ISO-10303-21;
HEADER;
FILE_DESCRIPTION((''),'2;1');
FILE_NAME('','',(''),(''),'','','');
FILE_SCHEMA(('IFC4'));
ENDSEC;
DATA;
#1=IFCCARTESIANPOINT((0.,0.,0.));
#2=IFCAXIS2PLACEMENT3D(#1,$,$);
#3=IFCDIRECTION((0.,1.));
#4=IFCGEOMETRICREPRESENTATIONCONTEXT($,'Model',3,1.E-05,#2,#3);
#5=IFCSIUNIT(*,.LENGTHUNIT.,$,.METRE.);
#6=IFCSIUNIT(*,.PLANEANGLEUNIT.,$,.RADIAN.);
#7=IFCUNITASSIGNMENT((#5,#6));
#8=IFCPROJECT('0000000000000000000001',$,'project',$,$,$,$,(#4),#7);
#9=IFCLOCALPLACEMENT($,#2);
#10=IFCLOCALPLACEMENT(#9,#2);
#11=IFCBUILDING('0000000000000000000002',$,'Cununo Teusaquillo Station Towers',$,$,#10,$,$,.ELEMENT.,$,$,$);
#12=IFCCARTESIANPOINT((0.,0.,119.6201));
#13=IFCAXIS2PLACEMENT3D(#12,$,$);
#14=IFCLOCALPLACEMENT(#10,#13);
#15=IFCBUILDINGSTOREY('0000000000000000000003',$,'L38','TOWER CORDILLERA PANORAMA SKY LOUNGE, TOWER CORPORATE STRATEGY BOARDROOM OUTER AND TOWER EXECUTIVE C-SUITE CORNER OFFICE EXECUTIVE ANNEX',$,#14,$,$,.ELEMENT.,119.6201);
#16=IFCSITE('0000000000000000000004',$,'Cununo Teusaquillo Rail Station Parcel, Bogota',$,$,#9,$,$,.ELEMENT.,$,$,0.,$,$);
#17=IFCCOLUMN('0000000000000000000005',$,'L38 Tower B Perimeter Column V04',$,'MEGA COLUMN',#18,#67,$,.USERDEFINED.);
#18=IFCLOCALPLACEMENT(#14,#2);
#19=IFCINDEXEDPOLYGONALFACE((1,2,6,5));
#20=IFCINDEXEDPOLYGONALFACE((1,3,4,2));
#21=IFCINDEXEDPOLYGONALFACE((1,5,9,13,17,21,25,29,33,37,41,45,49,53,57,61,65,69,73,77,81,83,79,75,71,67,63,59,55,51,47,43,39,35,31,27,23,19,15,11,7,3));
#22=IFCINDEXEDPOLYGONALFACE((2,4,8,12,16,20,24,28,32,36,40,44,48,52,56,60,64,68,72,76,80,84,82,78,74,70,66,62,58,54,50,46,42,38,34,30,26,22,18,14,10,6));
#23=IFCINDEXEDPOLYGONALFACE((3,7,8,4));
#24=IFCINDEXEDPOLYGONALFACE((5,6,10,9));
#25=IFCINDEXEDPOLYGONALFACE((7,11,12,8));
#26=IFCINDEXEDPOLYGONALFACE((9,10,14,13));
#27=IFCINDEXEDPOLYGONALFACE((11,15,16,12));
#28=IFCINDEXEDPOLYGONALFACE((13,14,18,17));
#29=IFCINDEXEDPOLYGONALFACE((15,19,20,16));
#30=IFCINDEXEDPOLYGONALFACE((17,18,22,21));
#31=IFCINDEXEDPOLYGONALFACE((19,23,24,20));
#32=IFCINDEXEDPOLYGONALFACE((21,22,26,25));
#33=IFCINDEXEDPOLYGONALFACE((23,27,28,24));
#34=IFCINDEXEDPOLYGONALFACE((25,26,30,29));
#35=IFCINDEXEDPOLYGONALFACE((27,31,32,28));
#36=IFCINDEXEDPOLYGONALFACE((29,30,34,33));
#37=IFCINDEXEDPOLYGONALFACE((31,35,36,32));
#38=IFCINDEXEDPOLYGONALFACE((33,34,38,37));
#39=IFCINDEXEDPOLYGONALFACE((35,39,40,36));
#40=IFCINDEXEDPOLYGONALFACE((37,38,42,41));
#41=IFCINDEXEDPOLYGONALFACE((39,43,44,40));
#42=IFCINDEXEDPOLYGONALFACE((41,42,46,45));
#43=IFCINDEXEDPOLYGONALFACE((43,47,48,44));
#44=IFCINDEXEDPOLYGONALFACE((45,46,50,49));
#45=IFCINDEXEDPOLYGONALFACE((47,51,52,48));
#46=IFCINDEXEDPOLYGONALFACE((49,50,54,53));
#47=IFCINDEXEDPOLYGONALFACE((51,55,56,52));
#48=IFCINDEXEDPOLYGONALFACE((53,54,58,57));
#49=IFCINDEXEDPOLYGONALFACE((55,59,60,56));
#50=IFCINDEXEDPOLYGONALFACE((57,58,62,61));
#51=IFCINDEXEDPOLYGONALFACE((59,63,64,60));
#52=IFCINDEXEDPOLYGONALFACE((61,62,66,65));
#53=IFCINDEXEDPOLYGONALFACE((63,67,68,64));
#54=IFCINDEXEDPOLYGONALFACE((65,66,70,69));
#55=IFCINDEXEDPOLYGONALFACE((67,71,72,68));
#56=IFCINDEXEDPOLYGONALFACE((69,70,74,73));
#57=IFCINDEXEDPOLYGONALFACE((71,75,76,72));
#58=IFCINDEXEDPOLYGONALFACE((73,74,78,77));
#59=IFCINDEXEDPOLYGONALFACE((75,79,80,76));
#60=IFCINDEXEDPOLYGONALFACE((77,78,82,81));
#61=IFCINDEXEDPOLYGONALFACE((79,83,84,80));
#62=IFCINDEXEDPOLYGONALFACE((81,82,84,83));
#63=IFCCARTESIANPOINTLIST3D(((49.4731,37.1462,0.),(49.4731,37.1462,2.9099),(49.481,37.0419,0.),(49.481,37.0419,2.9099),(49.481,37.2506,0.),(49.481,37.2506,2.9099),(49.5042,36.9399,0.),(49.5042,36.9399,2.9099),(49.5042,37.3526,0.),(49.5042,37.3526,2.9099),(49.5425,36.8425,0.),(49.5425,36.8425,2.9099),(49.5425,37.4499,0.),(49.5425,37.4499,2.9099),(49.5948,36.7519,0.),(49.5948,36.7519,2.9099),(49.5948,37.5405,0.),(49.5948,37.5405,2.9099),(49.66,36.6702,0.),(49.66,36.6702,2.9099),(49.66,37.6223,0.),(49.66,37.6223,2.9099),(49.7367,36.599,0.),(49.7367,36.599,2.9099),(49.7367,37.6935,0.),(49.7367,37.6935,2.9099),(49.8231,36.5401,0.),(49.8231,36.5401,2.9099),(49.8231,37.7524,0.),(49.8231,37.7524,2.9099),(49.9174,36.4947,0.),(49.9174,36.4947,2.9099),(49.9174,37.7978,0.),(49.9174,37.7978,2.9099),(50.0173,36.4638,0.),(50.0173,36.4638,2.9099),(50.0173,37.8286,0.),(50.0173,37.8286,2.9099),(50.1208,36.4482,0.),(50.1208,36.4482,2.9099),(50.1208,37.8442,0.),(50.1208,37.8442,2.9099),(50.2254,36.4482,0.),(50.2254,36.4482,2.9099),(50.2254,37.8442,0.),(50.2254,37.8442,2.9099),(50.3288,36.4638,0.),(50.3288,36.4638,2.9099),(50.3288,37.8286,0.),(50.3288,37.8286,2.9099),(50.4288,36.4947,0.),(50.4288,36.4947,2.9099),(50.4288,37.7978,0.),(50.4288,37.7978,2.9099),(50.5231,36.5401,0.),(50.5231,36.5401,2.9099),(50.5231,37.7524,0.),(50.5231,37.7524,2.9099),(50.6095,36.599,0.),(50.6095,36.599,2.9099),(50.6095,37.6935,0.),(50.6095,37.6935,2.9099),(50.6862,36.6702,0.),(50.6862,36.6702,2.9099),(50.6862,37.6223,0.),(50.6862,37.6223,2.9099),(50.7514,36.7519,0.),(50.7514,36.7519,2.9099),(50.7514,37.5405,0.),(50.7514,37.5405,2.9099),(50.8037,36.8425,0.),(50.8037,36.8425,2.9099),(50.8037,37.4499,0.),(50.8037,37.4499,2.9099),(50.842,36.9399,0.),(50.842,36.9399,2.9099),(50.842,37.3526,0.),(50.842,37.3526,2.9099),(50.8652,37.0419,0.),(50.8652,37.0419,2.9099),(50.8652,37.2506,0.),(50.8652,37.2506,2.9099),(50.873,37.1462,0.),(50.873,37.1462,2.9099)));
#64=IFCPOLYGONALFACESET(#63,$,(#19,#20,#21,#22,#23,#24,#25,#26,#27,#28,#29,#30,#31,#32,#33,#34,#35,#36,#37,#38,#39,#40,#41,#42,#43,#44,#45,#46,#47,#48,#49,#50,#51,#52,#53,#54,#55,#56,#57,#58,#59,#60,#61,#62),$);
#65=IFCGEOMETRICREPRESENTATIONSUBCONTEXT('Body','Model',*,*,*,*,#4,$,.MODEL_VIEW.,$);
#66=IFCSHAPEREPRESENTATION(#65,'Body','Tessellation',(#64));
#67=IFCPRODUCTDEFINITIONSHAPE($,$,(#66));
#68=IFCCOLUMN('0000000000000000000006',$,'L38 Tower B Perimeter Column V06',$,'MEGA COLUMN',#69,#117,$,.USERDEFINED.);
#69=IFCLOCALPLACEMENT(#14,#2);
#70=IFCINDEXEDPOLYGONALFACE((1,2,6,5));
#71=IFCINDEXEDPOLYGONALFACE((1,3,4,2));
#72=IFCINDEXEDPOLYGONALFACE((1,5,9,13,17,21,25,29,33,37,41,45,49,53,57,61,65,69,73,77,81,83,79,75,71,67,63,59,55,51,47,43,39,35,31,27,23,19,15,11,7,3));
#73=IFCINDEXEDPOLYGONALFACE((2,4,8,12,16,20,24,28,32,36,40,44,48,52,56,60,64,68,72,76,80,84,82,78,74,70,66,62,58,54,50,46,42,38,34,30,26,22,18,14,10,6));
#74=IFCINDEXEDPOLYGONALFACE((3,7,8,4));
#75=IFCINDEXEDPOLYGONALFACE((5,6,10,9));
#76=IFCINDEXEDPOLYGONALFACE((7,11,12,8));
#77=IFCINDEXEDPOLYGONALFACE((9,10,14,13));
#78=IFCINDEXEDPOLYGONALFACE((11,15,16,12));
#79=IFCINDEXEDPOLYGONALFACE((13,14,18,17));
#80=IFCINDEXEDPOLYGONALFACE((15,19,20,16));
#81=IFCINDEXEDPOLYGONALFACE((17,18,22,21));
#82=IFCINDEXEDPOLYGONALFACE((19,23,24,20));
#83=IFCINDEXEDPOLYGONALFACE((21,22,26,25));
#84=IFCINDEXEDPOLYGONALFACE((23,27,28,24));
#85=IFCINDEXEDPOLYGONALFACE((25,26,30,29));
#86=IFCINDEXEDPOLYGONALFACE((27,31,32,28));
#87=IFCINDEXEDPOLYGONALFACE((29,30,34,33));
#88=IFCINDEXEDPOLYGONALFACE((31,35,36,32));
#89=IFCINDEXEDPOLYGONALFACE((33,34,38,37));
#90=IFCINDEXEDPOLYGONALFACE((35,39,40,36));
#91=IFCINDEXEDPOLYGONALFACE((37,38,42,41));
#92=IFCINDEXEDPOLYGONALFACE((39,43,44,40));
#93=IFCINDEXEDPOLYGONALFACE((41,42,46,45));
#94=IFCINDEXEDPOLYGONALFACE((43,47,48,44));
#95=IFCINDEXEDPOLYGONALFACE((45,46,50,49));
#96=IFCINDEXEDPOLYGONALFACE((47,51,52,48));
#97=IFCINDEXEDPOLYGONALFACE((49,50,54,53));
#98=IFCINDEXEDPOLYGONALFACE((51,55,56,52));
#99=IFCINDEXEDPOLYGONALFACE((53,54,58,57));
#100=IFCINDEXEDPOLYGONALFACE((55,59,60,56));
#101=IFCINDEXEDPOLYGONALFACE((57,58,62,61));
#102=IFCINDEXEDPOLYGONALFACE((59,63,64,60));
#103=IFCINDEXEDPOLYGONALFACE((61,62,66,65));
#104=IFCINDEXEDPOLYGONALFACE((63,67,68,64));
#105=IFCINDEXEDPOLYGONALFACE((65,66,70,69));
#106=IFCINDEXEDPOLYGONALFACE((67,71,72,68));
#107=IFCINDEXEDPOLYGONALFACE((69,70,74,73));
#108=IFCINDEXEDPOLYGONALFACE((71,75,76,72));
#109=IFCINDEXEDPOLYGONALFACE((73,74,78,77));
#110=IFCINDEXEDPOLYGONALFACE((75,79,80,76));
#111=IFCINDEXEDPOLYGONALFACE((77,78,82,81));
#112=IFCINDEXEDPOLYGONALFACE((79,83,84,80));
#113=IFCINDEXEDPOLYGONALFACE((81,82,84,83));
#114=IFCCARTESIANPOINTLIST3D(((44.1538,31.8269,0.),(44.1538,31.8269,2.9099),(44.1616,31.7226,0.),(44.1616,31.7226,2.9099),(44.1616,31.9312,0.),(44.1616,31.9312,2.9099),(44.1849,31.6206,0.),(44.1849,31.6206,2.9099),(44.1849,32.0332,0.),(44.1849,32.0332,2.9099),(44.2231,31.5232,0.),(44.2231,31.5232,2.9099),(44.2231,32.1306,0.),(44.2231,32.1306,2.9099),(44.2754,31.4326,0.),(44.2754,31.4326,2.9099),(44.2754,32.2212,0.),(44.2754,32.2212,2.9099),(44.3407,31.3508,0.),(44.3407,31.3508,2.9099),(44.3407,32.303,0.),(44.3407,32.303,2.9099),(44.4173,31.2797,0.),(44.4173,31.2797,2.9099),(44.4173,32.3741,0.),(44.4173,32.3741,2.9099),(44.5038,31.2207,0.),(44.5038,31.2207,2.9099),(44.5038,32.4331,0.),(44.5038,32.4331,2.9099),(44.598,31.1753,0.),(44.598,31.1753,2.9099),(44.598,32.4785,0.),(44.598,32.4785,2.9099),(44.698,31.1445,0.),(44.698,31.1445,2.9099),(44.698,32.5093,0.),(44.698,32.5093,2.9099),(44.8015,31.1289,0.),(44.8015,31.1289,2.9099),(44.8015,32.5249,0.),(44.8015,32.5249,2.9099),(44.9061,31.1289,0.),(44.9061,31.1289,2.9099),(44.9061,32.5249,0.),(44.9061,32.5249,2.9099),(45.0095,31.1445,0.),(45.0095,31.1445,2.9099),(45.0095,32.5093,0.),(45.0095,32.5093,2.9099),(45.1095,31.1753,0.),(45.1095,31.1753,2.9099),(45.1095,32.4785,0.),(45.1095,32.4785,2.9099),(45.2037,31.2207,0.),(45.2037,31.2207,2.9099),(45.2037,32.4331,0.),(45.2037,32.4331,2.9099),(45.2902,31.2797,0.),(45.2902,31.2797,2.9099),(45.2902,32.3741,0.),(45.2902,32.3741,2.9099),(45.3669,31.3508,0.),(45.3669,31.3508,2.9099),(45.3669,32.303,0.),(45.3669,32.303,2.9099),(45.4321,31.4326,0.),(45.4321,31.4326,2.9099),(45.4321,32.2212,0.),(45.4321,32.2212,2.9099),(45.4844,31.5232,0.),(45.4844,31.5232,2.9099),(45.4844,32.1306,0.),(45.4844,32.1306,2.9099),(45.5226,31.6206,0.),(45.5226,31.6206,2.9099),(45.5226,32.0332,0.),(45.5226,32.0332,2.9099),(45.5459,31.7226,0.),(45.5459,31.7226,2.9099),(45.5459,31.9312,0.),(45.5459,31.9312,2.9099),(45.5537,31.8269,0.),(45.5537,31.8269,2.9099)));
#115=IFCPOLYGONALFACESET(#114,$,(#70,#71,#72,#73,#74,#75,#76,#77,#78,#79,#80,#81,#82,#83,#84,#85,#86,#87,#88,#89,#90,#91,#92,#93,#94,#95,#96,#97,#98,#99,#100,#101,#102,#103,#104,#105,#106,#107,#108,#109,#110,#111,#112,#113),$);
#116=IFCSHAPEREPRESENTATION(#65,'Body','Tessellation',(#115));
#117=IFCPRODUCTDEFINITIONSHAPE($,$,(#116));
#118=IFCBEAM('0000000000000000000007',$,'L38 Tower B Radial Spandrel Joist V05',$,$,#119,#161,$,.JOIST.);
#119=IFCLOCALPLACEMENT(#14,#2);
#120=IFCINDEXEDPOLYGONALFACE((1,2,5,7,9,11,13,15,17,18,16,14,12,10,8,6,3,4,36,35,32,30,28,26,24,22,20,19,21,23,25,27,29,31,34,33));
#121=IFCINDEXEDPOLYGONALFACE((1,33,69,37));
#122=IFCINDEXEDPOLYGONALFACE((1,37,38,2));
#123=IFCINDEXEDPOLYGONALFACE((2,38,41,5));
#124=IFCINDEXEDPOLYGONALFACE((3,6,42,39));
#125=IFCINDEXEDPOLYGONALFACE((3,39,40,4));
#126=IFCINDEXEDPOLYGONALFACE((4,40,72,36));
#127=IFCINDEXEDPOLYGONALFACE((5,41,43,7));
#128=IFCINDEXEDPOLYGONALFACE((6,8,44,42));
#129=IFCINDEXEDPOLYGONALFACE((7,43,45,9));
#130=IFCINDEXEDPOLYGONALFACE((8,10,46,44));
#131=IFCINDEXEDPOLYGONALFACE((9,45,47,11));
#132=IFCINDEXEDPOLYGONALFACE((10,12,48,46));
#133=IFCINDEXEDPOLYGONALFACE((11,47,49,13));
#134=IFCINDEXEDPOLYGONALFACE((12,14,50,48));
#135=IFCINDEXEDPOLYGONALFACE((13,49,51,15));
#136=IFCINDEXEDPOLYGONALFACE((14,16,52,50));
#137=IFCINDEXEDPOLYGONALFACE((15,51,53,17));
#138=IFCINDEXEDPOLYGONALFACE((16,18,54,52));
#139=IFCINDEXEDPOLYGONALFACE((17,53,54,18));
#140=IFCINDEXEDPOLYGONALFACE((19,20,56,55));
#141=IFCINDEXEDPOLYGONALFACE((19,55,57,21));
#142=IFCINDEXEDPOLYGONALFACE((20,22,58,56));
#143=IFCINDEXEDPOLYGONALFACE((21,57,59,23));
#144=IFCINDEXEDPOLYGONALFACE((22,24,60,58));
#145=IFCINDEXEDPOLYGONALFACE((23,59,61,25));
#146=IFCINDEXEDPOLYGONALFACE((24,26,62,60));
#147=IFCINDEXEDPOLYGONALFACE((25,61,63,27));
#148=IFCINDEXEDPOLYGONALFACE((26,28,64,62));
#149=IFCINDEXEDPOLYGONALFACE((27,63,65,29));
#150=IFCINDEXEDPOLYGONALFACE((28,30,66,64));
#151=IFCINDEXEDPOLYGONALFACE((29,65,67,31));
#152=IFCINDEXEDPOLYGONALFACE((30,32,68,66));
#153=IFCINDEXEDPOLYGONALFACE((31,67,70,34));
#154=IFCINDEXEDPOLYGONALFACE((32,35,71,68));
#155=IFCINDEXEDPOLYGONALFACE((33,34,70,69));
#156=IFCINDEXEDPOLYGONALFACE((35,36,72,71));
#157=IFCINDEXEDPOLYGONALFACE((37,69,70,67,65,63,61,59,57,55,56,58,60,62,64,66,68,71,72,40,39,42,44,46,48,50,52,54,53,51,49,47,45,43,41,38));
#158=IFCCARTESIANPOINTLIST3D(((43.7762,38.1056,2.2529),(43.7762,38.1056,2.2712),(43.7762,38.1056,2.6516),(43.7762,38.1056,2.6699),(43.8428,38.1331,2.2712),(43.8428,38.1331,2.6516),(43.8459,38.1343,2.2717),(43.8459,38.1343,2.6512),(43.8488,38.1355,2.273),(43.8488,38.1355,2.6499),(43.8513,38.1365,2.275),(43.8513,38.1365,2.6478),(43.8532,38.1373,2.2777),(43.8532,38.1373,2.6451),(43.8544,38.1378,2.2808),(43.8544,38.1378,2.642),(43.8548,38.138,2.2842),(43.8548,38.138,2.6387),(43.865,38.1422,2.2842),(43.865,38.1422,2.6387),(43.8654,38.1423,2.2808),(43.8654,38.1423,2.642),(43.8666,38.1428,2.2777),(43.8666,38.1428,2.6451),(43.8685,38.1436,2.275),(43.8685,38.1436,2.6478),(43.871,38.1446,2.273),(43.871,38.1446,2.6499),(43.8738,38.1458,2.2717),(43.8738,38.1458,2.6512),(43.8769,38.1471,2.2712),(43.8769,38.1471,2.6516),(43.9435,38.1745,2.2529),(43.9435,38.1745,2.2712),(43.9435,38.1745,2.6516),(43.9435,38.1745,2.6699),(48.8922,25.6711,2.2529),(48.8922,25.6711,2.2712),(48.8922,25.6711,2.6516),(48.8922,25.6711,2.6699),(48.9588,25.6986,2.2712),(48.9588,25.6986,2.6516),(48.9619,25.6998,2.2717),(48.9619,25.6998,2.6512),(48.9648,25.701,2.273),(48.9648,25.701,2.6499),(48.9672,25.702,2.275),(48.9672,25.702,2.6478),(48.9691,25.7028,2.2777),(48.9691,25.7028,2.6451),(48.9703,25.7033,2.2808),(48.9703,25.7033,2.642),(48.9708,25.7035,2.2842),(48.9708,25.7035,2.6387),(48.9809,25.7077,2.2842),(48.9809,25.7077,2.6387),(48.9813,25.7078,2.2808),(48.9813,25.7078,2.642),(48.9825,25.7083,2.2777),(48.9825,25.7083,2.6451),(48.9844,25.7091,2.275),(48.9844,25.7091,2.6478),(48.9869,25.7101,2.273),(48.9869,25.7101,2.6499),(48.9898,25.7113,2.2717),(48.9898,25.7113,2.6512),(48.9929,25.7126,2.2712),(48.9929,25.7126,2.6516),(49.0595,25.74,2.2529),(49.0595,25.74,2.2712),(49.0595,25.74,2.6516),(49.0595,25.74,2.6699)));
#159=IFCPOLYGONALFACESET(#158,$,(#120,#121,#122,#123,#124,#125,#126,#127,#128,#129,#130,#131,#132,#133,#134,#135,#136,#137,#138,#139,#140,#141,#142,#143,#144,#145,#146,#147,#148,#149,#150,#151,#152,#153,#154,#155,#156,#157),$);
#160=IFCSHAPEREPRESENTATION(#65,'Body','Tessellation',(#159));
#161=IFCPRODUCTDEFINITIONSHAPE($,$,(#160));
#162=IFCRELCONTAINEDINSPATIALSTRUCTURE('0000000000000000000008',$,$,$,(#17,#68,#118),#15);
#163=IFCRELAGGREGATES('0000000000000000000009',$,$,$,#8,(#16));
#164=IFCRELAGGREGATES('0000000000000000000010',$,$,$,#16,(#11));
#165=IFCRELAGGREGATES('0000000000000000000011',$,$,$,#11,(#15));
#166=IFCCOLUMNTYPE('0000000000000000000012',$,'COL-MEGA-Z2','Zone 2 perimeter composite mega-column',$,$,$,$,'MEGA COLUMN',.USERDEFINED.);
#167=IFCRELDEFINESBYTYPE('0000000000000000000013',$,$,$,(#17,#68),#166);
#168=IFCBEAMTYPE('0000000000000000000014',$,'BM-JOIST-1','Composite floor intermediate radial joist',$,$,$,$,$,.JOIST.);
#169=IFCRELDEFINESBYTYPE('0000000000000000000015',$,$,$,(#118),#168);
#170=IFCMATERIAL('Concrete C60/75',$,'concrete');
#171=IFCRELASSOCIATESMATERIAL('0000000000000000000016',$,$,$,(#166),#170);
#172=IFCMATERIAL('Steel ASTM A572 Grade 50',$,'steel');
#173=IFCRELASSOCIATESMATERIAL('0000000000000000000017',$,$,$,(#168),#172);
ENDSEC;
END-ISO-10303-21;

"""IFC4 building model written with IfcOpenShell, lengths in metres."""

from ifc_helpers import new_model, si_unit, direction, frame, origin, origin_2d, place, context, subcontext, project, spatial, circle, i_section, extrude, material, material_profile, profile_set, type_object, element, save


model = new_model("IFC4")

# Units and contexts
model_context = context("Model", 3, precision=1e-05, world=origin(), true_north=direction((0.0, 1.0)))
body_context = subcontext(model_context, "Body", "Model", "MODEL_VIEW")
ifc_project = project(units=[si_unit("LENGTHUNIT", "METRE"), si_unit("PLANEANGLEUNIT", "RADIAN")], contexts=[model_context])

# Site, building, storey
site_placement = place(None, origin())
site = spatial("IfcSite", under=ifc_project, at=site_placement, Name="Cununo Teusaquillo Rail Station Parcel, Bogota", CompositionType="ELEMENT", RefElevation=0.0)
building_placement = place(site_placement, origin())
building = spatial("IfcBuilding", under=site, at=building_placement, Name="Cununo Teusaquillo Station Towers", CompositionType="ELEMENT")
storey_placement = place(building_placement, frame((0.0, 0.0, 119.6201)))
storey = spatial("IfcBuildingStorey", under=building, at=storey_placement, Name="L38", Description="TOWER CORDILLERA PANORAMA SKY LOUNGE, TOWER CORPORATE STRATEGY BOARDROOM OUTER AND TOWER EXECUTIVE C-SUITE CORNER OFFICE EXECUTIVE ANNEX", CompositionType="ELEMENT", Elevation=119.6201)

# Columns
ifc_material_1 = material(Name="Concrete C60/75", Category="concrete")
ifc_material_profile_1 = material_profile(ifc_material_1, circle(Radius=0.7, at=origin_2d()), Name="RC-CIRC-1400")
ifc_profile_set_1 = profile_set([ifc_material_profile_1], Name="Concrete C60/75")
column_type = type_object("IfcColumnType", Name="COL-MEGA-Z2", Description="Zone 2 perimeter composite mega-column", ElementType="MEGA COLUMN", PredefinedType="USERDEFINED", material=ifc_profile_set_1)
for number, where, z_axis, x_axis, name in (
    (1, (50.1731, 37.1462, 0.0), (0.0, 0.0, 1.0), (1.0, 0.0, 0.0), "L38 Tower B Perimeter Column V04"),
    (2, (44.8538, 31.8269, 0.0), (0.0, 0.0, 1.0), (1.0, 0.0, 0.0), "L38 Tower B Perimeter Column V06"),
):
    element("IfcColumn", number, at=place(storey_placement, frame(where, z_axis=z_axis, x_axis=x_axis)), inside=storey, type_object=column_type, Name=name, ObjectType="MEGA COLUMN", PredefinedType="USERDEFINED", context=body_context, shape_type="SweptSolid", body=[
        extrude(circle(Radius=0.7, at=origin_2d()), origin(), (0.0, 0.0, 1.0), 2.9099),
    ])

# Beam
ifc_material_2 = material(Name="Steel ASTM A572 Grade 50", Category="steel")
ifc_material_profile_2 = material_profile(ifc_material_2, i_section(OverallWidth=0.1809, OverallDepth=0.417, WebThickness=0.011, FlangeThickness=0.0183, FilletRadius=0.0129, at=origin_2d()), Name="W16X57")
ifc_profile_set_2 = profile_set([ifc_material_profile_2], Name="Steel ASTM A572 Grade 50")
beam_type_1 = type_object("IfcBeamType", Name="BM-JOIST-1", Description="Composite floor intermediate radial joist", PredefinedType="JOIST", material=ifc_profile_set_2)
beam_1_placement = place(storey_placement, frame((48.9758, 25.7056, 2.4614), z_axis=(-0.380486, 0.924787, 0.0), x_axis=(-0.924787, -0.380486, 0.0)))
element("IfcBeam", 3, at=beam_1_placement, inside=storey, type_object=beam_type_1, Name="L38 Tower B Radial Spandrel Joist V05", PredefinedType="JOIST", context=body_context, shape_type="SweptSolid", body=[
    extrude(i_section(OverallWidth=0.1809, OverallDepth=0.417, WebThickness=0.011, FlangeThickness=0.0183, FilletRadius=0.0129, at=origin_2d()), origin(), (0.0, 0.0, 1.0), 13.4458),
])

save(model, "model.ifc")
